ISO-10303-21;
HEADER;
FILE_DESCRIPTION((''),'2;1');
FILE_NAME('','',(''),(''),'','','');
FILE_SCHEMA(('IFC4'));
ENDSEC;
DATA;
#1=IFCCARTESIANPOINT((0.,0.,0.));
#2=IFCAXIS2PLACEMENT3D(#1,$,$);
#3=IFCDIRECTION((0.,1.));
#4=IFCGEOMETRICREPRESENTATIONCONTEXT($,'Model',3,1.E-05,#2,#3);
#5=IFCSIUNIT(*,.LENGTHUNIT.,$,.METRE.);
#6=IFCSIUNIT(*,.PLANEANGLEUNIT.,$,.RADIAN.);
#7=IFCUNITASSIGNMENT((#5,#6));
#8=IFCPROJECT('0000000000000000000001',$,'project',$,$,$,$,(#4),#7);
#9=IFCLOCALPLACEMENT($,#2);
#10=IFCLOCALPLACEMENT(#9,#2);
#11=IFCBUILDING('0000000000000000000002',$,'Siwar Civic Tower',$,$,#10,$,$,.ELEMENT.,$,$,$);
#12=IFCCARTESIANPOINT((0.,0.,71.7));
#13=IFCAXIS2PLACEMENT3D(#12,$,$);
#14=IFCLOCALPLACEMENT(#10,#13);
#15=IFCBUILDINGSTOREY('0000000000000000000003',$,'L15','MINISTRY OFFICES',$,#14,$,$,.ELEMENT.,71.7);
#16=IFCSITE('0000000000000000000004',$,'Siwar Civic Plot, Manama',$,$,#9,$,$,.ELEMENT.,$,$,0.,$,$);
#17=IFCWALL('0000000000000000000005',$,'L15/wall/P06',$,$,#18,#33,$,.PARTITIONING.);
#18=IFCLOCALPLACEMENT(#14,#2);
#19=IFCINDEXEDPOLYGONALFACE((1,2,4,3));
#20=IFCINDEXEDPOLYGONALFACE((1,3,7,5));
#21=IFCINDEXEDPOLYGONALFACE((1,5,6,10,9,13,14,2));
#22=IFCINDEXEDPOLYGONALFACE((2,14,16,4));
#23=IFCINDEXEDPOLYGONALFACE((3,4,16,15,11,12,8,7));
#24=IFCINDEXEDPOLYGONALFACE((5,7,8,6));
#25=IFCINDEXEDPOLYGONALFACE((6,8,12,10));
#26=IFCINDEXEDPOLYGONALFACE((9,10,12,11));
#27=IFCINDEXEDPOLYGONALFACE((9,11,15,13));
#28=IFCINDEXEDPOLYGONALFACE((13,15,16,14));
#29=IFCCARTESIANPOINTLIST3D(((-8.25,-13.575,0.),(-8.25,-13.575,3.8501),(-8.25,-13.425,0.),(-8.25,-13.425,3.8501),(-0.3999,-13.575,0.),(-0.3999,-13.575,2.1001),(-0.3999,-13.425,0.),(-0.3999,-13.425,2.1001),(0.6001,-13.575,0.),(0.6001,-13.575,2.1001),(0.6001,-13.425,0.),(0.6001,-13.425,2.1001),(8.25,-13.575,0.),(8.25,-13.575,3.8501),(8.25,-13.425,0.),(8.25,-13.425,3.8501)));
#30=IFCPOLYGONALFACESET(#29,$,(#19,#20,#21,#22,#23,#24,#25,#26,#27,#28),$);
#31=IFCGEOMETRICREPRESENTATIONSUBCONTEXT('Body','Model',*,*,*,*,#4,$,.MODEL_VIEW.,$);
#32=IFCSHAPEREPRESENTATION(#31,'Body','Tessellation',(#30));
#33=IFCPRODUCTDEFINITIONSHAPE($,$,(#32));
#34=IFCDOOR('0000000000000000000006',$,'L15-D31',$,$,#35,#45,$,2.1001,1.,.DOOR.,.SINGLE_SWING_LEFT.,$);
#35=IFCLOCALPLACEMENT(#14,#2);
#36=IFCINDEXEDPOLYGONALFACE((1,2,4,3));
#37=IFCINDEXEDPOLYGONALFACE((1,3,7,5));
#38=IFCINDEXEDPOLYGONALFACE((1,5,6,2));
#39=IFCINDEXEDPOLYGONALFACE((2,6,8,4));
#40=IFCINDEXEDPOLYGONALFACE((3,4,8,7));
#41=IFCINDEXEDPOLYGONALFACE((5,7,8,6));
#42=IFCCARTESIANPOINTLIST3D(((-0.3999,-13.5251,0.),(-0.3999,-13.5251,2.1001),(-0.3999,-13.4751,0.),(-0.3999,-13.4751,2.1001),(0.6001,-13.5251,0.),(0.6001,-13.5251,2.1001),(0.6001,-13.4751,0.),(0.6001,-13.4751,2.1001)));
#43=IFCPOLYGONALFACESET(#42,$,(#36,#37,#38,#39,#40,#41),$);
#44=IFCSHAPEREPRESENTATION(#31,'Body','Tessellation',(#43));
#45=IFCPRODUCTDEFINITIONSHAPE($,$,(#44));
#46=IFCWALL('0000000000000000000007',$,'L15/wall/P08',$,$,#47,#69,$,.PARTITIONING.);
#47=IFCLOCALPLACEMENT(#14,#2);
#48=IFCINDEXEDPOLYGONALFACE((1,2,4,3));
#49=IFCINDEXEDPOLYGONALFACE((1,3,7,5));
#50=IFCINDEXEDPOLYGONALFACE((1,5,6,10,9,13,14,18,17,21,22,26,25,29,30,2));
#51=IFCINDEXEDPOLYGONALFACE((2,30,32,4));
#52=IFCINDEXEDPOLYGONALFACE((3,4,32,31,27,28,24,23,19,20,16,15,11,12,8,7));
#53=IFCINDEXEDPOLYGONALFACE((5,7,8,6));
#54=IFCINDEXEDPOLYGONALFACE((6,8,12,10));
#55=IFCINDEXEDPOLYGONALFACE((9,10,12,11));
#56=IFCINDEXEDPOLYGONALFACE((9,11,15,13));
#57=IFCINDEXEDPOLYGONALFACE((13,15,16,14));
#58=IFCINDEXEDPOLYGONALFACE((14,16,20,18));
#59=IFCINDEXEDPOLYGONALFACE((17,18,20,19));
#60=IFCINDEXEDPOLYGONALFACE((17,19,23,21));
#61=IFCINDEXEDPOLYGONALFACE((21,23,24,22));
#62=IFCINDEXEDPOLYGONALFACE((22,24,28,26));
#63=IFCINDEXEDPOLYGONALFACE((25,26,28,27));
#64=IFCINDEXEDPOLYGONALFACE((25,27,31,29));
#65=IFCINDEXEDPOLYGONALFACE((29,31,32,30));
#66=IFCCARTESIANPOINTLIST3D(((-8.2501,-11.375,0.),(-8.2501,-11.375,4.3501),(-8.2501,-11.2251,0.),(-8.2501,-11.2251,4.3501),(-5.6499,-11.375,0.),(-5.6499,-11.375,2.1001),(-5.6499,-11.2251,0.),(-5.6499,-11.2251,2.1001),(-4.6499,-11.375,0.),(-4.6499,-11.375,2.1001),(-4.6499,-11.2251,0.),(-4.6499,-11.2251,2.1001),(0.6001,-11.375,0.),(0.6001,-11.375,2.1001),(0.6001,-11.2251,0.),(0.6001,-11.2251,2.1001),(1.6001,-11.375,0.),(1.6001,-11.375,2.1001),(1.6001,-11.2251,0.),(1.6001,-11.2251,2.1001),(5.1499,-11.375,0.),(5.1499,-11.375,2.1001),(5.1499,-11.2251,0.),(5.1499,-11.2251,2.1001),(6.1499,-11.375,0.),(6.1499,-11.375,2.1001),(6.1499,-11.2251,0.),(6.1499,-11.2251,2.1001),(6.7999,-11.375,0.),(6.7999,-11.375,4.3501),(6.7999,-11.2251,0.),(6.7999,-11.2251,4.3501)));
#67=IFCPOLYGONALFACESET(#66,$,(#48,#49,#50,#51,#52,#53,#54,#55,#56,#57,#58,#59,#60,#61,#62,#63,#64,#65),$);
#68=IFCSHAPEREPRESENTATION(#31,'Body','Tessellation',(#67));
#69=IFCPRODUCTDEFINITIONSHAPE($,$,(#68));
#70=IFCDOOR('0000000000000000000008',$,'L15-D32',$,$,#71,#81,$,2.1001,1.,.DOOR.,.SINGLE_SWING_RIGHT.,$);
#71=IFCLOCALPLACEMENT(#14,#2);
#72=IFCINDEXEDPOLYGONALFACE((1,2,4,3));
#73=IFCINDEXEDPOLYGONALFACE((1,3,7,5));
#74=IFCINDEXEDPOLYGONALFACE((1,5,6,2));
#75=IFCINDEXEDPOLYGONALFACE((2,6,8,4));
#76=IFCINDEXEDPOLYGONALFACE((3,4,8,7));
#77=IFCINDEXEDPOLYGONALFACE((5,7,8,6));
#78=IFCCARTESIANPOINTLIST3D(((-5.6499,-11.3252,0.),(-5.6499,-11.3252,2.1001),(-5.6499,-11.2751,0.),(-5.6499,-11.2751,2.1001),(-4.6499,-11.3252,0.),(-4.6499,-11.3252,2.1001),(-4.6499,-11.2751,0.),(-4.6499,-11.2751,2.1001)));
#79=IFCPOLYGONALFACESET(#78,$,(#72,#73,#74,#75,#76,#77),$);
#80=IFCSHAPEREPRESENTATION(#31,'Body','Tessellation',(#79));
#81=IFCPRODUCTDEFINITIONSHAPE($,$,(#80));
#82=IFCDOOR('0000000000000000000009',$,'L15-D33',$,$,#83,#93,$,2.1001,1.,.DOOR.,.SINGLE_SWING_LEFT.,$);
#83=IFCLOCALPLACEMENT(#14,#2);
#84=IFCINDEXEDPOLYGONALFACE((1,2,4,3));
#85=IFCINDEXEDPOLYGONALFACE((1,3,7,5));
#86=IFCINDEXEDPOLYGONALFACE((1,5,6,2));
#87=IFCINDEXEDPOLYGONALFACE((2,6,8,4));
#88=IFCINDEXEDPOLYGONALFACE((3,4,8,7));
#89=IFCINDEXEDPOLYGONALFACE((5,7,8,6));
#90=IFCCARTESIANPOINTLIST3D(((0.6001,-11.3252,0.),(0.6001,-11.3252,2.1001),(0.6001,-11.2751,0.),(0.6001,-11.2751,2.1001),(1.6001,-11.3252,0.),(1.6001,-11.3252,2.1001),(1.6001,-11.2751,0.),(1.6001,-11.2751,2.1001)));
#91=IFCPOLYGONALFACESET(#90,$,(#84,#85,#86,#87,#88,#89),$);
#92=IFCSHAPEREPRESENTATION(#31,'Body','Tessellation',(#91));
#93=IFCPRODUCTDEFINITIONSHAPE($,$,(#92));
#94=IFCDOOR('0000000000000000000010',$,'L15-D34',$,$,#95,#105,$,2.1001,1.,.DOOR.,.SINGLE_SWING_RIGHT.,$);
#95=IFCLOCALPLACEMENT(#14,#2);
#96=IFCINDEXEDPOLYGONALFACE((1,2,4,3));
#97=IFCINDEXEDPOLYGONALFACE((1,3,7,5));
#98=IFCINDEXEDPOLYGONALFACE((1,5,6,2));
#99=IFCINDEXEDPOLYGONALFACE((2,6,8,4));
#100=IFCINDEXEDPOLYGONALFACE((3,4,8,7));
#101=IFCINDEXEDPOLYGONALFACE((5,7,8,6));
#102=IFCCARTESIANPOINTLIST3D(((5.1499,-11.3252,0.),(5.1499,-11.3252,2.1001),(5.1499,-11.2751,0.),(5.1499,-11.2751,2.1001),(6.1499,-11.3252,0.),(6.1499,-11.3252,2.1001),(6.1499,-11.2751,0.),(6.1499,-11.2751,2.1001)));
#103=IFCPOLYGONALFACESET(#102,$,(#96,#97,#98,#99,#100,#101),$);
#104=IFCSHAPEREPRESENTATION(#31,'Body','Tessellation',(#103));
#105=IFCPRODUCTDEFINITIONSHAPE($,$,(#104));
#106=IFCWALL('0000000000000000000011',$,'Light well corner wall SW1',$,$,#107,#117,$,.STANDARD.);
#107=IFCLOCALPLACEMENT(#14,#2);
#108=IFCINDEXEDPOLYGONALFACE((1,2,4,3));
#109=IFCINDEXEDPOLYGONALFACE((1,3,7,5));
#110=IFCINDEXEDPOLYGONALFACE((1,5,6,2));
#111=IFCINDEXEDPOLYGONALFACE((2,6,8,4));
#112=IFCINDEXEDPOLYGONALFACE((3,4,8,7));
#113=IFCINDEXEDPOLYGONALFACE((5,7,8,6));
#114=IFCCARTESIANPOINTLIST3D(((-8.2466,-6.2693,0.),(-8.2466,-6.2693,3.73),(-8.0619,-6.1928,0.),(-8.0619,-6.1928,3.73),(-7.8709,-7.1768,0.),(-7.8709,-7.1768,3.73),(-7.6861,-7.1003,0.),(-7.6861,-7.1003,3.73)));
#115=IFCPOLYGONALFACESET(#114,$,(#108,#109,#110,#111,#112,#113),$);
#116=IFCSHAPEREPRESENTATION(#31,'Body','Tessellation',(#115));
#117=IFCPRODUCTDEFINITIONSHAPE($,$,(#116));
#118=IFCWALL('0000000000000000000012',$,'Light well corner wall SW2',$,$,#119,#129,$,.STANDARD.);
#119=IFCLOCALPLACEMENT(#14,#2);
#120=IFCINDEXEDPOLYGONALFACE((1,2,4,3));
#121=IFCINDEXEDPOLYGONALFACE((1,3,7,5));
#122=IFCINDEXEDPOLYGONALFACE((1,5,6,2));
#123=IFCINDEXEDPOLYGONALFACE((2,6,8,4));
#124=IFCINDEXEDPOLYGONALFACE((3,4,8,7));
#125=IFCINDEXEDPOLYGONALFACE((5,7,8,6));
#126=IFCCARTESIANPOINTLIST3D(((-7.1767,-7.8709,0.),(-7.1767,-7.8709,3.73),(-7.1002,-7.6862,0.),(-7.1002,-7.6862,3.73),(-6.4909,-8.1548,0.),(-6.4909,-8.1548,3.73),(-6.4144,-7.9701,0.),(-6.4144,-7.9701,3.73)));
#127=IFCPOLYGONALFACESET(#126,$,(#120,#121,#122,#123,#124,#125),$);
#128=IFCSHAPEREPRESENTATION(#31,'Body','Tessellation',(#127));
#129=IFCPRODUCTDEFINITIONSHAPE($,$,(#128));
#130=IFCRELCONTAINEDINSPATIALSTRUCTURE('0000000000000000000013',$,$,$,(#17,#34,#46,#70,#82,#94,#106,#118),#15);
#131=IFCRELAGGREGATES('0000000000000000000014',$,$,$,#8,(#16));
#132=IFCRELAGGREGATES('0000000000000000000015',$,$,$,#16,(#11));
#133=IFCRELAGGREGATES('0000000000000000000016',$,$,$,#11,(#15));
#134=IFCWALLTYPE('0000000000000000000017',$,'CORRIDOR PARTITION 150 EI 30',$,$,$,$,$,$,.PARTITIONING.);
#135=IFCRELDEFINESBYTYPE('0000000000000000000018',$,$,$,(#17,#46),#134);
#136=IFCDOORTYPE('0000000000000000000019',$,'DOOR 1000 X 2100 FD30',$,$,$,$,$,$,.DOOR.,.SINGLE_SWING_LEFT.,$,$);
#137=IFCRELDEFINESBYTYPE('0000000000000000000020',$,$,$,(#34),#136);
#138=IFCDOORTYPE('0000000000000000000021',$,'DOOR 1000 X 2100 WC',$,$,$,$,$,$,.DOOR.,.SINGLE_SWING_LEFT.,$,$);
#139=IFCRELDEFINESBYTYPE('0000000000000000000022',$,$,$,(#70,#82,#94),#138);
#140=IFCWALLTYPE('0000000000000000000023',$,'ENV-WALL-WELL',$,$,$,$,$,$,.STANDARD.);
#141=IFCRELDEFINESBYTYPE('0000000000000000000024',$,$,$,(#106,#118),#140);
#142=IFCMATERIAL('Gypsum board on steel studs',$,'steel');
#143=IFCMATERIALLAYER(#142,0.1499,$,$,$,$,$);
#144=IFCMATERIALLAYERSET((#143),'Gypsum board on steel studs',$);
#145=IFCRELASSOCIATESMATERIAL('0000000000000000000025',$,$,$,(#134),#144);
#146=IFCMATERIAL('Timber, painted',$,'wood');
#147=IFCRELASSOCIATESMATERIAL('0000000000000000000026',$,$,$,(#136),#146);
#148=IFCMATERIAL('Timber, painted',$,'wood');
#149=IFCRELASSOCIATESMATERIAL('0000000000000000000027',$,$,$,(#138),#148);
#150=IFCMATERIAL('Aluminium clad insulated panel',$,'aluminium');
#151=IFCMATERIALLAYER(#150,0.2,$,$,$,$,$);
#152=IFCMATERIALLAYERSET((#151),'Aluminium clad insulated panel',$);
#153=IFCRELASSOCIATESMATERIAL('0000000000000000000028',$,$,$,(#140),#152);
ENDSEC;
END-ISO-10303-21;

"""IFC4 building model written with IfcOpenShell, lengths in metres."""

from ifc_helpers import new_model, si_unit, direction, frame, frame_2d, origin, place, context, subcontext, project, spatial, rectangle, extrude, material, layer, layer_set, type_object, element, fill, save


model = new_model("IFC4")

# Units and contexts
model_context = context("Model", 3, precision=1e-05, world=origin(), true_north=direction((0.0, 1.0)))
body_context = subcontext(model_context, "Body", "Model", "MODEL_VIEW")
ifc_project = project(units=[si_unit("LENGTHUNIT", "METRE"), si_unit("PLANEANGLEUNIT", "RADIAN")], contexts=[model_context])

# Site, building, storey
site_placement = place(None, origin())
site = spatial("IfcSite", under=ifc_project, at=site_placement, Name="Siwar Civic Plot, Manama", CompositionType="ELEMENT", RefElevation=0.0)
building_placement = place(site_placement, origin())
building = spatial("IfcBuilding", under=site, at=building_placement, Name="Siwar Civic Tower", CompositionType="ELEMENT")
storey_placement = place(building_placement, frame((0.0, 0.0, 71.7)))
storey = spatial("IfcBuildingStorey", under=building, at=storey_placement, Name="L15", Description="MINISTRY OFFICES", CompositionType="ELEMENT", Elevation=71.7)

# Wall, opening, door
ifc_material_1 = material(Name="Gypsum board on steel studs", Category="steel")
ifc_layer_1 = layer(ifc_material_1, 0.1499)
ifc_layer_set_1 = layer_set([ifc_layer_1], Name="Gypsum board on steel studs")
wall_type_1 = type_object("IfcWallType", Name="CORRIDOR PARTITION 150 EI 30", PredefinedType="PARTITIONING", material=ifc_layer_set_1)
wall_1_placement = place(storey_placement, frame((-8.25, -13.5, 0.0), z_axis=(0.0, 0.0, 1.0), x_axis=(1.0, 0.0, 0.0)))
wall_1 = element("IfcWall", 1, at=wall_1_placement, inside=storey, type_object=wall_type_1, Name="L15/wall/P06", PredefinedType="PARTITIONING", context=body_context, shape_type="SweptSolid", body=[
    extrude(rectangle(XDim=16.5, YDim=0.1499, at=frame_2d((8.25, 0.0))), origin(), (0.0, 0.0, 1.0), 3.8501),
])
opening_1_placement = place(wall_1_placement, frame((7.8501, 0.0, 0.0)))
opening_1 = element("IfcOpeningElement", 2, at=opening_1_placement, cuts=wall_1, PredefinedType="OPENING", context=body_context, shape_type="SweptSolid", body=[
    extrude(rectangle(XDim=1.0, YDim=2.1001, at=frame_2d((0.5, 1.05))), frame((0.0, 0.085, 0.0), z_axis=(0.0, -1.0, 0.0), x_axis=(1.0, 0.0, 0.0)), (0.0, 0.0, 1.0), 0.1699),
])
ifc_material_2 = material(Name="Timber, painted", Category="wood")
door_type_1 = type_object("IfcDoorType", Name="DOOR 1000 X 2100 FD30", OperationType="SINGLE_SWING_LEFT", PredefinedType="DOOR", material=ifc_material_2)
door_1_placement = place(opening_1_placement, origin())
door_1 = element("IfcDoor", 3, at=door_1_placement, inside=storey, type_object=door_type_1, Name="L15-D31", OperationType="SINGLE_SWING_LEFT", OverallHeight=2.1001, OverallWidth=1.0, PredefinedType="DOOR", context=body_context, shape_type="SweptSolid", body=[
    extrude(rectangle(XDim=1.0, YDim=2.1001, at=frame_2d((0.5, 1.05))), frame((0.0, 0.0249, 0.0), z_axis=(0.0, -1.0, 0.0), x_axis=(1.0, 0.0, 0.0)), (0.0, 0.0, 1.0), 0.05),
])
fill(opening_1, door_1)

# Wall, openings, doors
wall_2_placement = place(storey_placement, frame((-8.25, -11.3, 0.0), z_axis=(0.0, 0.0, 1.0), x_axis=(1.0, 0.0, 0.0)))
wall_2 = element("IfcWall", 4, at=wall_2_placement, inside=storey, type_object=wall_type_1, Name="L15/wall/P08", PredefinedType="PARTITIONING", context=body_context, shape_type="SweptSolid", body=[
    extrude(rectangle(XDim=15.05, YDim=0.1499, at=frame_2d((7.5249, 0.0))), origin(), (0.0, 0.0, 1.0), 4.3501),
])
opening_2_placement = place(wall_2_placement, frame((2.6001, 0.0, 0.0)))
opening_2 = element("IfcOpeningElement", 5, at=opening_2_placement, cuts=wall_2, PredefinedType="OPENING", context=body_context, shape_type="SweptSolid", body=[
    extrude(rectangle(XDim=1.0, YDim=2.1001, at=frame_2d((0.5, 1.05))), frame((0.0, 0.085, 0.0), z_axis=(0.0, -1.0, 0.0), x_axis=(1.0, 0.0, 0.0)), (0.0, 0.0, 1.0), 0.1699),
])
opening_3_placement = place(wall_2_placement, frame((8.8501, 0.0, 0.0)))
opening_3 = element("IfcOpeningElement", 6, at=opening_3_placement, cuts=wall_2, PredefinedType="OPENING", context=body_context, shape_type="SweptSolid", body=[
    extrude(rectangle(XDim=1.0, YDim=2.1001, at=frame_2d((0.5, 1.05))), frame((0.0, 0.085, 0.0), z_axis=(0.0, -1.0, 0.0), x_axis=(1.0, 0.0, 0.0)), (0.0, 0.0, 1.0), 0.1699),
])
opening_4_placement = place(wall_2_placement, frame((13.3999, 0.0, 0.0)))
opening_4 = element("IfcOpeningElement", 7, at=opening_4_placement, cuts=wall_2, PredefinedType="OPENING", context=body_context, shape_type="SweptSolid", body=[
    extrude(rectangle(XDim=1.0, YDim=2.1001, at=frame_2d((0.5, 1.05))), frame((0.0, 0.085, 0.0), z_axis=(0.0, -1.0, 0.0), x_axis=(1.0, 0.0, 0.0)), (0.0, 0.0, 1.0), 0.1699),
])
ifc_material_3 = material(Name="Timber, painted", Category="wood")
door_type_2 = type_object("IfcDoorType", Name="DOOR 1000 X 2100 WC", OperationType="SINGLE_SWING_LEFT", PredefinedType="DOOR", material=ifc_material_3)
door_2_placement = place(opening_2_placement, origin())
door_2 = element("IfcDoor", 8, at=door_2_placement, inside=storey, type_object=door_type_2, Name="L15-D32", OperationType="SINGLE_SWING_RIGHT", OverallHeight=2.1001, OverallWidth=1.0, PredefinedType="DOOR", context=body_context, shape_type="SweptSolid", body=[
    extrude(rectangle(XDim=1.0, YDim=2.1001, at=frame_2d((0.5, 1.05))), frame((0.0, 0.0249, 0.0), z_axis=(0.0, -1.0, 0.0), x_axis=(1.0, 0.0, 0.0)), (0.0, 0.0, 1.0), 0.05),
])
fill(opening_2, door_2)
door_3_placement = place(opening_3_placement, origin())
door_3 = element("IfcDoor", 9, at=door_3_placement, inside=storey, type_object=door_type_2, Name="L15-D33", OperationType="SINGLE_SWING_LEFT", OverallHeight=2.1001, OverallWidth=1.0, PredefinedType="DOOR", context=body_context, shape_type="SweptSolid", body=[
    extrude(rectangle(XDim=1.0, YDim=2.1001, at=frame_2d((0.5, 1.05))), frame((0.0, 0.0249, 0.0), z_axis=(0.0, -1.0, 0.0), x_axis=(1.0, 0.0, 0.0)), (0.0, 0.0, 1.0), 0.05),
])
fill(opening_3, door_3)
door_4_placement = place(opening_4_placement, origin())
door_4 = element("IfcDoor", 10, at=door_4_placement, inside=storey, type_object=door_type_2, Name="L15-D34", OperationType="SINGLE_SWING_RIGHT", OverallHeight=2.1001, OverallWidth=1.0, PredefinedType="DOOR", context=body_context, shape_type="SweptSolid", body=[
    extrude(rectangle(XDim=1.0, YDim=2.1001, at=frame_2d((0.5, 1.05))), frame((0.0, 0.0249, 0.0), z_axis=(0.0, -1.0, 0.0), x_axis=(1.0, 0.0, 0.0)), (0.0, 0.0, 1.0), 0.05),
])
fill(opening_4, door_4)

# Walls
ifc_material_4 = material(Name="Aluminium clad insulated panel", Category="aluminium")
ifc_layer_2 = layer(ifc_material_4, 0.2)
ifc_layer_set_2 = layer_set([ifc_layer_2], Name="Aluminium clad insulated panel")
wall_type_2 = type_object("IfcWallType", Name="ENV-WALL-WELL", PredefinedType="STANDARD", material=ifc_layer_set_2)
wall_3_placement = place(storey_placement, frame((-8.1543, -6.231, 0.0), z_axis=(0.0, 0.0, 1.0), x_axis=(0.382549, -0.923935, 0.0)))
element("IfcWall", 11, at=wall_3_placement, inside=storey, type_object=wall_type_2, Name="Light well corner wall SW1", PredefinedType="STANDARD", context=body_context, shape_type="SweptSolid", body=[
    extrude(rectangle(XDim=0.9822, YDim=0.2, at=frame_2d((0.4912, 0.0))), origin(), (0.0, 0.0, 1.0), 3.73),
])
wall_4_placement = place(storey_placement, frame((-7.1384, -7.7786, 0.0), z_axis=(0.0, 0.0, 1.0), x_axis=(0.923941, -0.382536, 0.0)))
element("IfcWall", 12, at=wall_4_placement, inside=storey, type_object=wall_type_2, Name="Light well corner wall SW2", PredefinedType="STANDARD", context=body_context, shape_type="SweptSolid", body=[
    extrude(rectangle(XDim=0.7422, YDim=0.2, at=frame_2d((0.3711, 0.0))), origin(), (0.0, 0.0, 1.0), 3.73),
])

save(model, "model.ifc")
